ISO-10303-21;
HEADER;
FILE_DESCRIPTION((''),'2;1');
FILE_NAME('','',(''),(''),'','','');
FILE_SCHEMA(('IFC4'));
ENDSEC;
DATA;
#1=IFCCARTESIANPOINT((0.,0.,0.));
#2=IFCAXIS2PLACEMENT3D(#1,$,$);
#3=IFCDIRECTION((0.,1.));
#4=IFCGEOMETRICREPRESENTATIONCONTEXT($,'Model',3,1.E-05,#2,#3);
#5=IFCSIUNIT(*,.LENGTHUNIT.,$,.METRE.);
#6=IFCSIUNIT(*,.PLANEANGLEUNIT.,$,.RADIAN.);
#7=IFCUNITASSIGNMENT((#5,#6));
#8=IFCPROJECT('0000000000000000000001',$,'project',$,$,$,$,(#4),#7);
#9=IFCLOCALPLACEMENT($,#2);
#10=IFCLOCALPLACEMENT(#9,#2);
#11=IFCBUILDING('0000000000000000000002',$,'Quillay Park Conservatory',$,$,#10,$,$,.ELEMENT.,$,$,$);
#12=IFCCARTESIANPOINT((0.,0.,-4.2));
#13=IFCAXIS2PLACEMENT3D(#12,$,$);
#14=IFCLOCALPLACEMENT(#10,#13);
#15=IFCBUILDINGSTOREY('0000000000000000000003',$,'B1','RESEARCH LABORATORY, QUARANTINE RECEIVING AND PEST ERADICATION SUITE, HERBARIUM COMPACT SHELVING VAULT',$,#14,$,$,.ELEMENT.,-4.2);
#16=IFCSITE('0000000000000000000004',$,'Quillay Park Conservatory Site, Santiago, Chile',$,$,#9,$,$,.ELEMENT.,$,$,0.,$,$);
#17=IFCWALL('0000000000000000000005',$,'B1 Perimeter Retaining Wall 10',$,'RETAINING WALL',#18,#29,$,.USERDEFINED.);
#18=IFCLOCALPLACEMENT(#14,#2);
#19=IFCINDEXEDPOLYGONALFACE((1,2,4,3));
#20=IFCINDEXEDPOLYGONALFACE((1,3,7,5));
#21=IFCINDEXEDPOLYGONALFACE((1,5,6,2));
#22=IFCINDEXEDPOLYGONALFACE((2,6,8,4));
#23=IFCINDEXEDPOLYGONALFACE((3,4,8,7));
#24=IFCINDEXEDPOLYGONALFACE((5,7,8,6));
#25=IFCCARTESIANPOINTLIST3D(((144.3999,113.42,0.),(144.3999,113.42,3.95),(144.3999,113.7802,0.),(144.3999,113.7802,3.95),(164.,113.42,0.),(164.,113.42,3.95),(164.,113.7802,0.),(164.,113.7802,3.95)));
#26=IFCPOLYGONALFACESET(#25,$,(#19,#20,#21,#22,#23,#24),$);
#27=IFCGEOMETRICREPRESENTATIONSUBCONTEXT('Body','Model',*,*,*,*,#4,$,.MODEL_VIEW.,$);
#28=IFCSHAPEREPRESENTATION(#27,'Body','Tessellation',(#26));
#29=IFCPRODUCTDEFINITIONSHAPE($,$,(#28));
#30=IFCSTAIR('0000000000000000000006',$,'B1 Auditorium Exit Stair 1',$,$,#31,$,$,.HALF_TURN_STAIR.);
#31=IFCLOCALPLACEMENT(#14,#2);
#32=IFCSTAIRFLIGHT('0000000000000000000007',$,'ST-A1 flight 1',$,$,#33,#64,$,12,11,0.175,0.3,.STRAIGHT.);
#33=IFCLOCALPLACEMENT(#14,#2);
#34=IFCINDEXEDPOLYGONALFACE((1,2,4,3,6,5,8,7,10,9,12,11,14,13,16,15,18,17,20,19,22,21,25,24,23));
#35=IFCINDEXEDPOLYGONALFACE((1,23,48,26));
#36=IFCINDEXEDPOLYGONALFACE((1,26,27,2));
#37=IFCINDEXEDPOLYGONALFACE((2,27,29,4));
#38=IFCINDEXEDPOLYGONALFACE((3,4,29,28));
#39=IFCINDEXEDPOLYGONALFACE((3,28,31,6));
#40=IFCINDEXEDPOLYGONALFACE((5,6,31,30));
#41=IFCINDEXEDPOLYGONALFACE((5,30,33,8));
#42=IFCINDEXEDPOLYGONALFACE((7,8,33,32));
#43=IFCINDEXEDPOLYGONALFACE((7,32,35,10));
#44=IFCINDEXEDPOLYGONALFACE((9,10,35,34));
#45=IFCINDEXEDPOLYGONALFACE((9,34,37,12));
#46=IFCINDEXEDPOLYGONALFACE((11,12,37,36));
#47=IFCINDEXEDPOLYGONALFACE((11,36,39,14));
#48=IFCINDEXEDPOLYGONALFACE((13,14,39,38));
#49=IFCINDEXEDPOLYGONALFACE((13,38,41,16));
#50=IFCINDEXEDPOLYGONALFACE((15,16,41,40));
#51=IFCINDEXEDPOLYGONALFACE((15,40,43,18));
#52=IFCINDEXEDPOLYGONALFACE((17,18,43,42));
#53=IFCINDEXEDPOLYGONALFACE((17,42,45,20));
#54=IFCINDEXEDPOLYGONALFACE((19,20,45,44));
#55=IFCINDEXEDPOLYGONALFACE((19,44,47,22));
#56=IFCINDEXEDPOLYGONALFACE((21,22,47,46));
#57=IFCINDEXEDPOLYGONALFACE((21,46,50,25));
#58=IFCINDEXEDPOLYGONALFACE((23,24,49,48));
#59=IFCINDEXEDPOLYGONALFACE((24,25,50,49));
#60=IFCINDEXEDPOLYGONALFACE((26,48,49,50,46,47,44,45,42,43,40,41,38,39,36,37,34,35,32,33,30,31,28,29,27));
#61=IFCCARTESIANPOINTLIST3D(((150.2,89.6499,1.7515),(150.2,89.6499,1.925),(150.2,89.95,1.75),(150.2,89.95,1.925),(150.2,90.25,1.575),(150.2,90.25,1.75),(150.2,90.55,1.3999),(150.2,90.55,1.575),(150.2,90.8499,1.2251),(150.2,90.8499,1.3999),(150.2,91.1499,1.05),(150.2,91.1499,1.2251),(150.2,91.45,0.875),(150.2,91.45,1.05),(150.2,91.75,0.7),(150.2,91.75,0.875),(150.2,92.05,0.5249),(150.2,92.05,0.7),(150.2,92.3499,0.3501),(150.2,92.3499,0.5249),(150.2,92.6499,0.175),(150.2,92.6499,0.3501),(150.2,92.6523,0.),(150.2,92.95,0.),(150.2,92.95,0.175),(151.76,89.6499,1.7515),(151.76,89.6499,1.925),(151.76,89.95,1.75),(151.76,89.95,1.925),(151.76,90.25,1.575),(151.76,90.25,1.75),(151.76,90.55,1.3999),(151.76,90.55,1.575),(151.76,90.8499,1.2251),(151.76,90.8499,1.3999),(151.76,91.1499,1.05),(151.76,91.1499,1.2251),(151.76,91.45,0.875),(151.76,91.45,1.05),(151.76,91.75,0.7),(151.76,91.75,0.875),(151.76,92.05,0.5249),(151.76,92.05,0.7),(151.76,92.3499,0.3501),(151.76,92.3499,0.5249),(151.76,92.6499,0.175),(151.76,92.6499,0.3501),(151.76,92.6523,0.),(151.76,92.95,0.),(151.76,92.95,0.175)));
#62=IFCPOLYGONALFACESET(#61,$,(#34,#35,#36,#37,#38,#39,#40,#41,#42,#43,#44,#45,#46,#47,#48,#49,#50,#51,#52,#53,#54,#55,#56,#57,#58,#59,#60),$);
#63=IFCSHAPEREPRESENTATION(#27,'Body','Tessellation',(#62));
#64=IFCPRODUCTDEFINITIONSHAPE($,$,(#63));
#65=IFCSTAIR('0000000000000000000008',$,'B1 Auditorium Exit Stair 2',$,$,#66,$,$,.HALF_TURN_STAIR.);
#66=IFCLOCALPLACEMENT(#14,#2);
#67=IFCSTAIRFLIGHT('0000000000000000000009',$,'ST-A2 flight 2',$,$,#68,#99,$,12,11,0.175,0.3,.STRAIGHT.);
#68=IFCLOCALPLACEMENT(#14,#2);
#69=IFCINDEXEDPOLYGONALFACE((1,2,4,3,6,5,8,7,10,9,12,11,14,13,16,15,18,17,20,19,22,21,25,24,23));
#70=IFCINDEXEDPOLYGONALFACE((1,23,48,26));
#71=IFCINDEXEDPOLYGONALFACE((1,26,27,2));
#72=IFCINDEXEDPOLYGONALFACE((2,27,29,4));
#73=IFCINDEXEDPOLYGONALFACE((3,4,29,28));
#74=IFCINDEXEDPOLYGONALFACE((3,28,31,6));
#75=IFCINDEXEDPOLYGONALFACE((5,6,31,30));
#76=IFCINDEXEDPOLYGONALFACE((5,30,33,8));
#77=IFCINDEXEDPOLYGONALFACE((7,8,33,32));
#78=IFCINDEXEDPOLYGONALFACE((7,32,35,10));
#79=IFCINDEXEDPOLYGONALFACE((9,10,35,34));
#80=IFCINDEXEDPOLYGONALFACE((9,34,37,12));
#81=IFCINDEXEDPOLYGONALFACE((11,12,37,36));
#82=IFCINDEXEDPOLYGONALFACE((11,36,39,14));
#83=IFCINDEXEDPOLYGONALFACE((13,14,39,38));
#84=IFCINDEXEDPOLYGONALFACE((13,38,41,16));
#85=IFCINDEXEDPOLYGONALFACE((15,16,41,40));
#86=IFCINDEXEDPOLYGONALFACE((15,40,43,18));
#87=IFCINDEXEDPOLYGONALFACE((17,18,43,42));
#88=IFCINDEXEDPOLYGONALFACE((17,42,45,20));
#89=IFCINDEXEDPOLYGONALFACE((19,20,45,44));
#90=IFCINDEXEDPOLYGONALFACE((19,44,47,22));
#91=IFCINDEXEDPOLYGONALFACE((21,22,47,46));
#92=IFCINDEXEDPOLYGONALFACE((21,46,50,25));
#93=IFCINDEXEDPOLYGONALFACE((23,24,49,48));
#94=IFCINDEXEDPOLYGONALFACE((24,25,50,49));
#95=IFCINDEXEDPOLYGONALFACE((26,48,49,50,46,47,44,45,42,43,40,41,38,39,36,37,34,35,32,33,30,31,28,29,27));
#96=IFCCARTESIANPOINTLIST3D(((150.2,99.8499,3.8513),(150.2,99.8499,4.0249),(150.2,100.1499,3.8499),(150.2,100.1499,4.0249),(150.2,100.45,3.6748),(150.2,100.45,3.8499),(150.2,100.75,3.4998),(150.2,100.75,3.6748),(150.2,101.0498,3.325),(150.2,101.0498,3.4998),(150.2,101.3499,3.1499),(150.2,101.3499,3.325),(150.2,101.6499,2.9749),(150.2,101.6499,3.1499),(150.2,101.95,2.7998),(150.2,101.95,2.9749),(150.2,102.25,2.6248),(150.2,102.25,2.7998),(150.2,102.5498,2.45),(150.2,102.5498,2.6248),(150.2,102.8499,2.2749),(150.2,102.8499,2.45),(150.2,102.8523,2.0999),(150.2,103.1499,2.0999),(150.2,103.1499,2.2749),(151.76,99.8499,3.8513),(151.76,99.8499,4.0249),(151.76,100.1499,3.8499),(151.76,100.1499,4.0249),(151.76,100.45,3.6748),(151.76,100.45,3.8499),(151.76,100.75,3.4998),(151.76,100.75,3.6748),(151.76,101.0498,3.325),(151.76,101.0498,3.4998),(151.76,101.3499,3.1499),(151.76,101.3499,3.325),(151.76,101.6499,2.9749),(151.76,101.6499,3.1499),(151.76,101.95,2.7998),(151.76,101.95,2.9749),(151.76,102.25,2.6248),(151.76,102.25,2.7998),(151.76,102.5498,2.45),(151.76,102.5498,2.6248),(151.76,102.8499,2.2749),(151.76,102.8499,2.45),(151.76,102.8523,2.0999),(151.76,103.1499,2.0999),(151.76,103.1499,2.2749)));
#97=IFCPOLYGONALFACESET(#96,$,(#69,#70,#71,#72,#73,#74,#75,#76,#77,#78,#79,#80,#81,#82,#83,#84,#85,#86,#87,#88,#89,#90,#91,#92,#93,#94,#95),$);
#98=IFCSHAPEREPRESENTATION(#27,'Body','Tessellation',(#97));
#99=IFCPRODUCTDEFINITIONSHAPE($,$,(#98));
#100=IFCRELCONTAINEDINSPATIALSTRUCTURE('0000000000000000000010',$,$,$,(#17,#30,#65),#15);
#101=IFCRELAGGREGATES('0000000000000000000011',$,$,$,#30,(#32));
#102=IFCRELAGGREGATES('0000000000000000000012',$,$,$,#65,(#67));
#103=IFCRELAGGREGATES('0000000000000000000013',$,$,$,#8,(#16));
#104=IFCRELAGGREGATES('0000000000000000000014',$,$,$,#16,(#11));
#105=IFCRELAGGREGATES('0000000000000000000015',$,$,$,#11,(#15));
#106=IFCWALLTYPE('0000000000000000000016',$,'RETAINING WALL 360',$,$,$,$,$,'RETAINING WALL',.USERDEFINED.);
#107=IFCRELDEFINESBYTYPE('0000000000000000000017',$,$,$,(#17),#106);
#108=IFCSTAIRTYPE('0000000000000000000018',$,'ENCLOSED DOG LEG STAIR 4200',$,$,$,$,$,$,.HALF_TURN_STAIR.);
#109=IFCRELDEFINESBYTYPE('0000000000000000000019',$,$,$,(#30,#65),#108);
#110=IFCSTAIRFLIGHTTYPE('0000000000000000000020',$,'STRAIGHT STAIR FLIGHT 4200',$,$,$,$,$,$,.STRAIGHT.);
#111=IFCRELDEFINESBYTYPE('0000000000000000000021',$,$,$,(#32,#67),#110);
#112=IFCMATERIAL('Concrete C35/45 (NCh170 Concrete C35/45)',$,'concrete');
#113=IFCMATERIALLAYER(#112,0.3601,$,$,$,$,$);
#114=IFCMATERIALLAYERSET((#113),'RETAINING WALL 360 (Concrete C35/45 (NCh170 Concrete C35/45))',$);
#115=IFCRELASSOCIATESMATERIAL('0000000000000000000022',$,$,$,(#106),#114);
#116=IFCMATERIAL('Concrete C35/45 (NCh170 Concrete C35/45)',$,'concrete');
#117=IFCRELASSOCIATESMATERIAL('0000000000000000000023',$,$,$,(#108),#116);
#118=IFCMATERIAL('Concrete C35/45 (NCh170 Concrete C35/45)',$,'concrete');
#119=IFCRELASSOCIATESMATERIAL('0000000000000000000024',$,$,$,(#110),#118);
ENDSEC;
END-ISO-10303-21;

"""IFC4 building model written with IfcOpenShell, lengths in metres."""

from ifc_helpers import new_model, si_unit, direction, frame, frame_2d, origin, place, context, subcontext, project, spatial, polyline, rectangle, outline, extrude, material, layer, layer_set, type_object, element, aggregate, save


model = new_model("IFC4")

# Units and contexts
model_context = context("Model", 3, precision=1e-05, world=origin(), true_north=direction((0.0, 1.0)))
body_context = subcontext(model_context, "Body", "Model", "MODEL_VIEW")
ifc_project = project(units=[si_unit("LENGTHUNIT", "METRE"), si_unit("PLANEANGLEUNIT", "RADIAN")], contexts=[model_context])

# Site, building, storey
site_placement = place(None, origin())
site = spatial("IfcSite", under=ifc_project, at=site_placement, Name="Quillay Park Conservatory Site, Santiago, Chile", CompositionType="ELEMENT", RefElevation=0.0)
building_placement = place(site_placement, origin())
building = spatial("IfcBuilding", under=site, at=building_placement, Name="Quillay Park Conservatory", CompositionType="ELEMENT")
storey_placement = place(building_placement, frame((0.0, 0.0, -4.2)))
storey = spatial("IfcBuildingStorey", under=building, at=storey_placement, Name="B1", Description="RESEARCH LABORATORY, QUARANTINE RECEIVING AND PEST ERADICATION SUITE, HERBARIUM COMPACT SHELVING VAULT", CompositionType="ELEMENT", Elevation=-4.2)

# Wall
ifc_material_1 = material(Name="Concrete C35/45 (NCh170 Concrete C35/45)", Category="concrete")
ifc_layer_1 = layer(ifc_material_1, 0.3601)
ifc_layer_set_1 = layer_set([ifc_layer_1], Name="RETAINING WALL 360 (Concrete C35/45 (NCh170 Concrete C35/45))")
wall_type_1 = type_object("IfcWallType", Name="RETAINING WALL 360", ElementType="RETAINING WALL", PredefinedType="USERDEFINED", material=ifc_layer_set_1)
wall_1_placement = place(storey_placement, frame((144.3999, 113.6001, 0.0), z_axis=(0.0, 0.0, 1.0), x_axis=(1.0, 0.0, 0.0)))
element("IfcWall", 1, at=wall_1_placement, inside=storey, type_object=wall_type_1, Name="B1 Perimeter Retaining Wall 10", ObjectType="RETAINING WALL", PredefinedType="USERDEFINED", context=body_context, shape_type="SweptSolid", body=[
    extrude(rectangle(XDim=19.6001, YDim=0.3601, at=frame_2d((9.8, 0.0))), origin(), (0.0, 0.0, 1.0), 3.95),
])

# Stairs, stair flights
ifc_material_2 = material(Name="Concrete C35/45 (NCh170 Concrete C35/45)", Category="concrete")
stair_type = type_object("IfcStairType", Name="ENCLOSED DOG LEG STAIR 4200", PredefinedType="HALF_TURN_STAIR", material=ifc_material_2)
stair_1_placement = place(storey_placement, origin())
stair_1 = element("IfcStair", 2, at=stair_1_placement, inside=storey, type_object=stair_type, Name="B1 Auditorium Exit Stair 1", PredefinedType="HALF_TURN_STAIR")
ifc_material_3 = material(Name="Concrete C35/45 (NCh170 Concrete C35/45)", Category="concrete")
stair_flight_type = type_object("IfcStairFlightType", Name="STRAIGHT STAIR FLIGHT 4200", PredefinedType="STRAIGHT", material=ifc_material_3)
stair_flight_1_placement = place(storey_placement, frame((150.98, 92.95, 0.0), z_axis=(0.0, 0.0, 1.0), x_axis=(0.0, -1.0, 0.0)))
stair_flight_1 = element("IfcStairFlight", 3, at=stair_flight_1_placement, type_object=stair_flight_type, Name="ST-A1 flight 1", NumberOfRisers=12, NumberOfTreads=11, PredefinedType="STRAIGHT", RiserHeight=0.175, TreadLength=0.3, context=body_context, shape_type="SweptSolid", body=[
    extrude(outline(polyline([(0.0, 0.0), (0.0, 0.175), (0.3, 0.175), (0.3, 0.3501), (0.6001, 0.3501), (0.6001, 0.5249), (0.8999, 0.5249), (0.8999, 0.7), (1.2, 0.7), (1.2, 0.875), (1.5, 0.875), (1.5, 1.05), (1.8, 1.05), (1.8, 1.2251), (2.1001, 1.2251), (2.1001, 1.3999), (2.3999, 1.3999), (2.3999, 1.575), (2.7, 1.575), (2.7, 1.75), (3.0, 1.75), (3.0, 1.925), (3.3, 1.925), (3.3, 2.1001), (3.3, 1.7515), (0.2976, 0.0), (0.0, 0.0)])), frame((0.0, 0.78, 0.0), z_axis=(0.0, -1.0, 0.0), x_axis=(1.0, 0.0, 0.0)), (0.0, 0.0, 1.0), 1.5601),
])
aggregate(stair_1, [stair_flight_1])
stair_2_placement = place(storey_placement, origin())
stair_2 = element("IfcStair", 4, at=stair_2_placement, inside=storey, type_object=stair_type, Name="B1 Auditorium Exit Stair 2", PredefinedType="HALF_TURN_STAIR")
stair_flight_2_placement = place(storey_placement, frame((150.98, 103.1499, 2.0999), z_axis=(0.0, 0.0, 1.0), x_axis=(0.0, -1.0, 0.0)))
stair_flight_2 = element("IfcStairFlight", 5, at=stair_flight_2_placement, type_object=stair_flight_type, Name="ST-A2 flight 2", NumberOfRisers=12, NumberOfTreads=11, PredefinedType="STRAIGHT", RiserHeight=0.175, TreadLength=0.3, context=body_context, shape_type="SweptSolid", body=[
    extrude(outline(polyline([(0.0, 0.0), (0.0, 0.175), (0.3, 0.175), (0.3, 0.3501), (0.6001, 0.3501), (0.6001, 0.5249), (0.8999, 0.5249), (0.8999, 0.7), (1.2, 0.7), (1.2, 0.875), (1.5, 0.875), (1.5, 1.05), (1.8, 1.05), (1.8, 1.2251), (2.1001, 1.2251), (2.1001, 1.3999), (2.3999, 1.3999), (2.3999, 1.575), (2.7, 1.575), (2.7, 1.75), (3.0, 1.75), (3.0, 1.925), (3.3, 1.925), (3.3, 2.1001), (3.3, 1.7515), (0.2976, 0.0), (0.0, 0.0)])), frame((0.0, 0.78, 0.0), z_axis=(0.0, -1.0, 0.0), x_axis=(1.0, 0.0, 0.0)), (0.0, 0.0, 1.0), 1.5601),
])
aggregate(stair_2, [stair_flight_2])

save(model, "model.ifc")
